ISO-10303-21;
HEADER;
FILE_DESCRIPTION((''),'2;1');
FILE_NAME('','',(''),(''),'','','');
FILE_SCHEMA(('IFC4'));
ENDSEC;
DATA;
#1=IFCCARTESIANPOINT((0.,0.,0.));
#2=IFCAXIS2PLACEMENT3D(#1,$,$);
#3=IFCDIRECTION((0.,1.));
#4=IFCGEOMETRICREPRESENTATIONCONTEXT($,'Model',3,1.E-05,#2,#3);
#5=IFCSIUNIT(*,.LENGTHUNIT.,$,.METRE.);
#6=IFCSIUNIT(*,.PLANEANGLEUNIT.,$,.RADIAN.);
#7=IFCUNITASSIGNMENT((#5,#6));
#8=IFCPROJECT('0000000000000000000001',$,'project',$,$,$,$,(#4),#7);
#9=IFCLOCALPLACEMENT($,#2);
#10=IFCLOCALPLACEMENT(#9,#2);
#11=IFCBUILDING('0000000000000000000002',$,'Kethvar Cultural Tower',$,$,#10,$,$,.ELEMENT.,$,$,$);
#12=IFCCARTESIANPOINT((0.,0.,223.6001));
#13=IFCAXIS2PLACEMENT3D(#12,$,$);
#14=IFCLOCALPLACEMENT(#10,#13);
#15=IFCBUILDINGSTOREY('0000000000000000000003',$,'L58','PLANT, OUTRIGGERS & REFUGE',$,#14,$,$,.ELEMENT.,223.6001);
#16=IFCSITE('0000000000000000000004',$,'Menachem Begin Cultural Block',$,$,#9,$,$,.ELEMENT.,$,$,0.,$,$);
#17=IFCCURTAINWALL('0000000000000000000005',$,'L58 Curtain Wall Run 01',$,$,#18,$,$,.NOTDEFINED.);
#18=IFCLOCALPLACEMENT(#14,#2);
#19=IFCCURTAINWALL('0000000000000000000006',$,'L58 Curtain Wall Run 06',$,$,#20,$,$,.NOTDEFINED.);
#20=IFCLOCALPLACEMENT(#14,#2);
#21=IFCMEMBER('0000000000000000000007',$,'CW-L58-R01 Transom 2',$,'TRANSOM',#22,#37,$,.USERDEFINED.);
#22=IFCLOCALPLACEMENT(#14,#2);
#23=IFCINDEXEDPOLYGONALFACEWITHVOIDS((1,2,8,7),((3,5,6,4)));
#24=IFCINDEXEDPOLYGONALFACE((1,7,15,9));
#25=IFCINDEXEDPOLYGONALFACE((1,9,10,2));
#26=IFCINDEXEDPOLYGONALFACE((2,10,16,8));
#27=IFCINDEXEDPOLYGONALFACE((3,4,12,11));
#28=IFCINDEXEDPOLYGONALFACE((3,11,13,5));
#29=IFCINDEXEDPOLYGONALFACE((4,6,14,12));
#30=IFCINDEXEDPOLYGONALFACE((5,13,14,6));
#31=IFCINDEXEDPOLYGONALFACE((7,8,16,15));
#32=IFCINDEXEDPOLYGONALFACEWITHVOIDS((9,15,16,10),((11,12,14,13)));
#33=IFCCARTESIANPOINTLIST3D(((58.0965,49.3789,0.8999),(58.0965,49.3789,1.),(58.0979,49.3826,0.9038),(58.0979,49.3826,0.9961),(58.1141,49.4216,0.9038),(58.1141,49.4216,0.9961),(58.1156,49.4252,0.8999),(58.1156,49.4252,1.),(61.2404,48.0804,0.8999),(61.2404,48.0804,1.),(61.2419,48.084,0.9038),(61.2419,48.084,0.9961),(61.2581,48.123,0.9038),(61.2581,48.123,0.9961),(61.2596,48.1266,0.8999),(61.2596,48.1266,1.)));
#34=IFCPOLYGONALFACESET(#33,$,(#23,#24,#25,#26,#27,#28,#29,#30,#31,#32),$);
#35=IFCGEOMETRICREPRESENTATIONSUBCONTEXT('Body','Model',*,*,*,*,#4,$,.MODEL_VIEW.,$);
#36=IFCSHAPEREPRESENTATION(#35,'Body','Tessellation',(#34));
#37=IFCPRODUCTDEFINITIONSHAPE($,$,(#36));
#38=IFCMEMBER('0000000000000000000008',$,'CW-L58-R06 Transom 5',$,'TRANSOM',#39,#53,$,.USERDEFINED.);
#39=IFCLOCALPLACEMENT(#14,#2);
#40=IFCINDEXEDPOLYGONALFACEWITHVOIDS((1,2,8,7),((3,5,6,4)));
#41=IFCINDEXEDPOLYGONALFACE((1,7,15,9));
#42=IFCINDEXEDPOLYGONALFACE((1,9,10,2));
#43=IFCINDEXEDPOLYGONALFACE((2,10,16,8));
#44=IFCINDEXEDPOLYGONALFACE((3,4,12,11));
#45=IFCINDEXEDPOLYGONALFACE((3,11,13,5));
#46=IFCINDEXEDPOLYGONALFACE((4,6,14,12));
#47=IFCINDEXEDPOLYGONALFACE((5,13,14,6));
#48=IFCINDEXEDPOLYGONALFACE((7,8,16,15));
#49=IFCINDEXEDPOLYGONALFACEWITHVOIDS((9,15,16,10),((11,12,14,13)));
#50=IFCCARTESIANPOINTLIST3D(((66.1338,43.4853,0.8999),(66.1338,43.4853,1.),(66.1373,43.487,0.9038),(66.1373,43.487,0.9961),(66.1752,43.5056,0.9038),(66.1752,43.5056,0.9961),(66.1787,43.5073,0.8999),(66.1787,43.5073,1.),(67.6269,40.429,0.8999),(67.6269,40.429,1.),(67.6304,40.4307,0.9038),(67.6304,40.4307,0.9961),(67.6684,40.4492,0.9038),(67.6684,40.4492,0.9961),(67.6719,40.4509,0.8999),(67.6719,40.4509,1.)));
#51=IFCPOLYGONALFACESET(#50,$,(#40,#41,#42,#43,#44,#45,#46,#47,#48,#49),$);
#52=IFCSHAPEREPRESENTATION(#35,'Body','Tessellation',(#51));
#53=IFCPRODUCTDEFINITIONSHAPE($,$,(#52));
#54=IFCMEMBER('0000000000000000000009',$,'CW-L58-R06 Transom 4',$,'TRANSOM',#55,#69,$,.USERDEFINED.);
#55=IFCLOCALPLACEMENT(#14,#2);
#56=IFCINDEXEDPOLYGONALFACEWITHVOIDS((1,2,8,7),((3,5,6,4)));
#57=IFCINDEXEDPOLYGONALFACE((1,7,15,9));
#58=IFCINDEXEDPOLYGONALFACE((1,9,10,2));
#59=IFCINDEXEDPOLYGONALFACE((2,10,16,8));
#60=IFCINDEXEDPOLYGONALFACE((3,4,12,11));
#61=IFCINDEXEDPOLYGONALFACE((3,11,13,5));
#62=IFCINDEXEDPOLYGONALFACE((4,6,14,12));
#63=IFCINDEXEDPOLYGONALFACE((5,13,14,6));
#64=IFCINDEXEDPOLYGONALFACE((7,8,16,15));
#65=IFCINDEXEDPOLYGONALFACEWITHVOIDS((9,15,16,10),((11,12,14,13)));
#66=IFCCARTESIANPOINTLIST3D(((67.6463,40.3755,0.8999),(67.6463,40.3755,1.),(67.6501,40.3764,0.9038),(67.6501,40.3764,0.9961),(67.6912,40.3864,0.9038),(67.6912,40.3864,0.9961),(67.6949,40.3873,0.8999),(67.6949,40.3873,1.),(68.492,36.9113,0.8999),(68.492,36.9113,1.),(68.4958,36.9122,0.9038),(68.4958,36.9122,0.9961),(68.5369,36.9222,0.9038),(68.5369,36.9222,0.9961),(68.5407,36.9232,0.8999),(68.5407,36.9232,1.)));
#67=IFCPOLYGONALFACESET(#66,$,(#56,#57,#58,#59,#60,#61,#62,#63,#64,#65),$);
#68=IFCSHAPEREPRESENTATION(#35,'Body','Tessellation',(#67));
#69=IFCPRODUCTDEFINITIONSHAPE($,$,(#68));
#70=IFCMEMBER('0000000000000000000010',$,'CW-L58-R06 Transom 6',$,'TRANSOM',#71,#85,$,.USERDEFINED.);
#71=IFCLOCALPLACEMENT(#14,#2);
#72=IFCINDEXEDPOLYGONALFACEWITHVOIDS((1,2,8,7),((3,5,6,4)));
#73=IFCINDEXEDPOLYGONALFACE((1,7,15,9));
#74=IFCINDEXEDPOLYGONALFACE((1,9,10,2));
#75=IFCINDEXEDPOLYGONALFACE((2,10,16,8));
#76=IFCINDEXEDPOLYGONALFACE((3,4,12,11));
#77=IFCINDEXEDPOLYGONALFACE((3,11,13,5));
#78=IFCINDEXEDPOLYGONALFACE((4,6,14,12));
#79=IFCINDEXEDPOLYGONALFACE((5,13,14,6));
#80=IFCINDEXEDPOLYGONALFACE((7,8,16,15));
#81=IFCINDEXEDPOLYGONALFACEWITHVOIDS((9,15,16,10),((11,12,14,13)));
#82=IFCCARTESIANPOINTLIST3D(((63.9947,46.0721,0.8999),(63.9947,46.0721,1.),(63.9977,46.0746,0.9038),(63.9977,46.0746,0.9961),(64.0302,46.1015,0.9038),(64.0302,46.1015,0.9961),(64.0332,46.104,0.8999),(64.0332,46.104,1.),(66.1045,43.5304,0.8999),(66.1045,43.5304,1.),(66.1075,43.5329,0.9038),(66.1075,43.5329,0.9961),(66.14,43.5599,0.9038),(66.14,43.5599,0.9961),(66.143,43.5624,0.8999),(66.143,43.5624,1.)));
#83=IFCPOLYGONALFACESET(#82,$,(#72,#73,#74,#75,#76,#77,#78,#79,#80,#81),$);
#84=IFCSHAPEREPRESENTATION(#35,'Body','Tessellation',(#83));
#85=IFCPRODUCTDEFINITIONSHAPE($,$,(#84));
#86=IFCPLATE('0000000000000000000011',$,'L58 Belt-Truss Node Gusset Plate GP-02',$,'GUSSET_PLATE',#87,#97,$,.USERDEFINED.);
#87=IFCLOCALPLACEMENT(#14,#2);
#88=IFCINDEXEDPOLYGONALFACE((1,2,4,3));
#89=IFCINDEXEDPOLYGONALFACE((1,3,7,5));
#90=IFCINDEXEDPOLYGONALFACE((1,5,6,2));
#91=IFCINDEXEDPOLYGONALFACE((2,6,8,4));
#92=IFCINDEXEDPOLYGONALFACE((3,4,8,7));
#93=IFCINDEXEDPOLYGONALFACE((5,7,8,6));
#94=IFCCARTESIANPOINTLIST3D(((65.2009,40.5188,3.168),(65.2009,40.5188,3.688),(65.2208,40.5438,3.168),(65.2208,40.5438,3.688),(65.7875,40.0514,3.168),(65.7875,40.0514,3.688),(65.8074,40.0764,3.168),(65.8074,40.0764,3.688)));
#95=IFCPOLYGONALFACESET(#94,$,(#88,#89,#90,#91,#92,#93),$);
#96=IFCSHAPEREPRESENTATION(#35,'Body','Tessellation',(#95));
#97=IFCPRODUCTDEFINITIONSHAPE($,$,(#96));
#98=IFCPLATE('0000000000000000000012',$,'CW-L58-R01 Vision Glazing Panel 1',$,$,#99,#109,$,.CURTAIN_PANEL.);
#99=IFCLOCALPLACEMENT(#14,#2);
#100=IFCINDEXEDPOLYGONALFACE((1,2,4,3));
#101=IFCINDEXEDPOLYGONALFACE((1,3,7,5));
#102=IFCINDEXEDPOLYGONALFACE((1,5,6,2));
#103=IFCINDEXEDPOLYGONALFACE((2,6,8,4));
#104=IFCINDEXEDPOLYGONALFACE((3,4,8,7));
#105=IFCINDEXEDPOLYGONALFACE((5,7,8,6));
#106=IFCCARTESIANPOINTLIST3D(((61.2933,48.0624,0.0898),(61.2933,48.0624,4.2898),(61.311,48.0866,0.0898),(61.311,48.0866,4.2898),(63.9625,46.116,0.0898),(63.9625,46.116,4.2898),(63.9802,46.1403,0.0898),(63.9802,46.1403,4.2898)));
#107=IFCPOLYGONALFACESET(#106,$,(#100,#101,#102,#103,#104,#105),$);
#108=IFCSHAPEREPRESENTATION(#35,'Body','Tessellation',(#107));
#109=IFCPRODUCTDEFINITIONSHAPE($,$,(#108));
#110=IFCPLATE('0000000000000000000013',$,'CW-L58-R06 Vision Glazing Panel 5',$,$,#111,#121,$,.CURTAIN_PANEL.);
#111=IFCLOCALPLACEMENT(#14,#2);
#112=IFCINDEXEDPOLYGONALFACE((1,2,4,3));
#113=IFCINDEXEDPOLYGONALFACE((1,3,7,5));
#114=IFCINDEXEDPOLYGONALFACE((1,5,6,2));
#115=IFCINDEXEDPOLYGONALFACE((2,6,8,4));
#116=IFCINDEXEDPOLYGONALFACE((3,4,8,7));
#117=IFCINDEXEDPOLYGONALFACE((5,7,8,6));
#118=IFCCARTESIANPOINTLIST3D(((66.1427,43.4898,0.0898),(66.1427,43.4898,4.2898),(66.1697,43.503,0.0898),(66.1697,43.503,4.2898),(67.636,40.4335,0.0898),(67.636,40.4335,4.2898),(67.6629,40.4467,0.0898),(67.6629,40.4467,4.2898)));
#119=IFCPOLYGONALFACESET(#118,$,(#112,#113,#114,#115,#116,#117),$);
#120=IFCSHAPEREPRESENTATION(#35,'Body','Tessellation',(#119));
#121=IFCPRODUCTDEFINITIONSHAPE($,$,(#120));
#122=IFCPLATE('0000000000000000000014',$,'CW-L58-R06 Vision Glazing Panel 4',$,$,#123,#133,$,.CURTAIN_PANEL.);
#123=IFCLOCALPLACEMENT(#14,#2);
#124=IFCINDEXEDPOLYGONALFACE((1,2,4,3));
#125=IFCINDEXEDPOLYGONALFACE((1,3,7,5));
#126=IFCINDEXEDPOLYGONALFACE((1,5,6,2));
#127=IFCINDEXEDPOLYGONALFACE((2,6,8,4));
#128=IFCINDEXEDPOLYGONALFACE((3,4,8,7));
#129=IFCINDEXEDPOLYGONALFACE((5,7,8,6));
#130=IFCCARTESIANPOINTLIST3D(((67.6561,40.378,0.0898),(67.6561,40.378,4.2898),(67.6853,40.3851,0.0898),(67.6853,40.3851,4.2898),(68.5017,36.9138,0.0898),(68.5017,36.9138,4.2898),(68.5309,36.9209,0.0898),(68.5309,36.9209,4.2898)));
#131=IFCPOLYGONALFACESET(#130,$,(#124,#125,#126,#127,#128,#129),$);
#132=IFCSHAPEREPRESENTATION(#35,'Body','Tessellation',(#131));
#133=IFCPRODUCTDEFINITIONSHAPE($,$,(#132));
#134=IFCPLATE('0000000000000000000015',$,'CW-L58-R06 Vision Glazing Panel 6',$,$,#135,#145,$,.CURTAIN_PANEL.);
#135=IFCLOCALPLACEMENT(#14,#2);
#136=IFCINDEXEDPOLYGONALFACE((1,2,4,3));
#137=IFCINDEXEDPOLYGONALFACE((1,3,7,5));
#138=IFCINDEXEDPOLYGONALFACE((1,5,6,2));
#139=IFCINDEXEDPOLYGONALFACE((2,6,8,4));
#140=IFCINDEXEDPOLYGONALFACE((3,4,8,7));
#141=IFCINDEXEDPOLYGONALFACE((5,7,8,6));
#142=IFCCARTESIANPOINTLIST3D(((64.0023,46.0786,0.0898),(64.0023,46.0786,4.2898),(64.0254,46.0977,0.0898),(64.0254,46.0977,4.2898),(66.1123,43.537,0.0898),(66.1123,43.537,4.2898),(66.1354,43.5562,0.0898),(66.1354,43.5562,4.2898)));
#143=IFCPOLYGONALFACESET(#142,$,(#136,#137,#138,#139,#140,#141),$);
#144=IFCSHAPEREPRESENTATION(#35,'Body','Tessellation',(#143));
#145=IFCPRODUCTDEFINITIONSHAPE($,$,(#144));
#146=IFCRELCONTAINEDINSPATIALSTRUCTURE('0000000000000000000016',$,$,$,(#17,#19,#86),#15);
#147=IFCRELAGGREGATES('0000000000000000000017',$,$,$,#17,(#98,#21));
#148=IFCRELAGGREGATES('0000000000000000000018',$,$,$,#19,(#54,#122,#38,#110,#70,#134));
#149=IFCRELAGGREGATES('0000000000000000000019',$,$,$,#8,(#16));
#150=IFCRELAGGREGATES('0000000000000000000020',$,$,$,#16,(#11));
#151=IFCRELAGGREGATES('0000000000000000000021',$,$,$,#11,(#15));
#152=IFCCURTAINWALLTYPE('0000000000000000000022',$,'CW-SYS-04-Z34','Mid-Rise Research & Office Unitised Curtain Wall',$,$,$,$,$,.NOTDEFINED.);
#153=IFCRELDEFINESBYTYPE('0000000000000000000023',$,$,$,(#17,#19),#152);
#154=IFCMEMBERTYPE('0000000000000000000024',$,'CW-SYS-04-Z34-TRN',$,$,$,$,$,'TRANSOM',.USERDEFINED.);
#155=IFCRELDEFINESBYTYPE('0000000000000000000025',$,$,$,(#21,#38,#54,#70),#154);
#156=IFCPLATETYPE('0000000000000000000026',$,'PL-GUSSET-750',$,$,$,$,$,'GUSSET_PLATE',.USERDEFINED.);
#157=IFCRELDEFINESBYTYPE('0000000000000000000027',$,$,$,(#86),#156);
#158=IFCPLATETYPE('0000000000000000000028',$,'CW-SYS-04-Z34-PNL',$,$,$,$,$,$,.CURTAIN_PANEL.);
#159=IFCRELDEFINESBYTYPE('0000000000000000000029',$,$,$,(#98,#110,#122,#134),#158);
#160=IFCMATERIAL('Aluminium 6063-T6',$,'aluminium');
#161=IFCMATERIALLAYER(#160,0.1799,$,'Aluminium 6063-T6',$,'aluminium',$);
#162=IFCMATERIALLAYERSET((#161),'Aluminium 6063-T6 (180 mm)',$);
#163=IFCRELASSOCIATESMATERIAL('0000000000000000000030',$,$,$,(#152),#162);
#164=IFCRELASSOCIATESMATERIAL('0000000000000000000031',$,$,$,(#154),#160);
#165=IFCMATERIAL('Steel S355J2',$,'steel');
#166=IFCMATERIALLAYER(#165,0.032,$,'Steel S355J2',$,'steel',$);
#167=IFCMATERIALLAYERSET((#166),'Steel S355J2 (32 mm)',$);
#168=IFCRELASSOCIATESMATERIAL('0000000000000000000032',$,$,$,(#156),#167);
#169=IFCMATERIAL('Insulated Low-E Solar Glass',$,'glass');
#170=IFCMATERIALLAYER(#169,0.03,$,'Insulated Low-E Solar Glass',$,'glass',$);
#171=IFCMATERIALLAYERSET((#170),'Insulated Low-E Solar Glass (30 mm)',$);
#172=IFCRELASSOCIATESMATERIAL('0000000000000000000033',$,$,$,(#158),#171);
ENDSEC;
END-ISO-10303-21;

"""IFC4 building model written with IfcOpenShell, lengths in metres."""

from ifc_helpers import new_model, si_unit, direction, frame, origin, origin_2d, place, context, subcontext, project, spatial, rectangle, hollow_rectangle, extrude, source, transform, mapped, material, layer, layer_set, material_profile, profile_set, type_object, element, aggregate, save


model = new_model("IFC4")

# Units and contexts
model_context = context("Model", 3, precision=1e-05, world=origin(), true_north=direction((0.0, 1.0)))
body_context = subcontext(model_context, "Body", "Model", "MODEL_VIEW")
ifc_project = project(units=[si_unit("LENGTHUNIT", "METRE"), si_unit("PLANEANGLEUNIT", "RADIAN")], contexts=[model_context])

# Site, building, storey
site_placement = place(None, origin())
site = spatial("IfcSite", under=ifc_project, at=site_placement, Name="Menachem Begin Cultural Block", CompositionType="ELEMENT", RefElevation=0.0)
building_placement = place(site_placement, origin())
building = spatial("IfcBuilding", under=site, at=building_placement, Name="Kethvar Cultural Tower", CompositionType="ELEMENT")
storey_placement = place(building_placement, frame((0.0, 0.0, 223.6001)))
storey = spatial("IfcBuildingStorey", under=building, at=storey_placement, Name="L58", Description="PLANT, OUTRIGGERS & REFUGE", CompositionType="ELEMENT", Elevation=223.6001)

# Shared definitions
ifc_material_1 = material(Name="Steel S355J2", Category="steel")

# Curtain walls
ifc_material_2 = material(Name="Aluminium 6063-T6", Category="aluminium")
ifc_layer_1 = layer(ifc_material_2, 0.1799, Name="Aluminium 6063-T6", Category="aluminium")
ifc_layer_set_1 = layer_set([ifc_layer_1], Name="Aluminium 6063-T6 (180 mm)")
curtain_wall_type = type_object("IfcCurtainWallType", Name="CW-SYS-04-Z34", Description="Mid-Rise Research & Office Unitised Curtain Wall", PredefinedType="NOTDEFINED", material=ifc_layer_set_1)
curtain_wall_1_placement = place(storey_placement, origin())
curtain_wall_1 = element("IfcCurtainWall", 1, at=curtain_wall_1_placement, inside=storey, type_object=curtain_wall_type, Name="L58 Curtain Wall Run 01", PredefinedType="NOTDEFINED")
curtain_wall_2_placement = place(storey_placement, origin())
curtain_wall_2 = element("IfcCurtainWall", 2, at=curtain_wall_2_placement, inside=storey, type_object=curtain_wall_type, Name="L58 Curtain Wall Run 06", PredefinedType="NOTDEFINED")

# Members
ifc_material_profile_1 = material_profile(ifc_material_2, hollow_rectangle(XDim=0.05, YDim=0.1001, WallThickness=0.0039, at=origin_2d()), Name="Aluminium 6063-T6 — RHS100x50x4")
ifc_profile_set_1 = profile_set([ifc_material_profile_1], Name="Aluminium 6063-T6 — RHS100x50x4")
member_type_1 = type_object("IfcMemberType", Name="CW-SYS-04-Z34-TRN", ElementType="TRANSOM", PredefinedType="USERDEFINED", material=ifc_profile_set_1)
shared_shape_1 = source(origin(), body_context, "Body", "SweptSolid", [
    extrude(hollow_rectangle(XDim=0.05, YDim=0.1001, WallThickness=0.0039, at=origin_2d()), origin(), (0.0, 0.0, 1.0), 3.4016),
])
member_1_placement = place(storey_placement, frame((61.25, 48.1035, 0.95), z_axis=(-0.924266, 0.381749, 0.0), x_axis=(-0.381749, -0.924266, 0.0)))
member_1 = element("IfcMember", 3, at=member_1_placement, type_object=member_type_1, Name="CW-L58-R01 Transom 2", ObjectType="TRANSOM", PredefinedType="USERDEFINED", context=body_context, shape_type="MappedRepresentation", body=[
    mapped(shared_shape_1, transform((0.0, 0.0, 0.0), scale=1.0)),
])
member_2_placement = place(storey_placement, frame((67.6494, 40.4399, 0.95), z_axis=(-0.438955, 0.898509, 0.0), x_axis=(-0.898509, -0.438955, 0.0)))
member_2 = element("IfcMember", 4, at=member_2_placement, type_object=member_type_1, Name="CW-L58-R06 Transom 5", ObjectType="TRANSOM", PredefinedType="USERDEFINED", context=body_context, shape_type="MappedRepresentation", body=[
    mapped(shared_shape_1, transform((0.0, 0.0, 0.0), scale=1.0)),
])
shared_shape_2 = source(origin(), body_context, "Body", "SweptSolid", [
    extrude(hollow_rectangle(XDim=0.05, YDim=0.1001, WallThickness=0.0039, at=origin_2d()), origin(), (0.0, 0.0, 1.0), 3.5659),
])
member_3_placement = place(storey_placement, frame((68.5164, 36.9172, 0.95), z_axis=(-0.237167, 0.971469, 0.0), x_axis=(-0.971469, -0.237167, 0.0)))
member_3 = element("IfcMember", 5, at=member_3_placement, type_object=member_type_1, Name="CW-L58-R06 Transom 4", ObjectType="TRANSOM", PredefinedType="USERDEFINED", context=body_context, shape_type="MappedRepresentation", body=[
    mapped(shared_shape_2, transform((0.0, 0.0, 0.0), scale=1.0)),
])
shared_shape_3 = source(origin(), body_context, "Body", "SweptSolid", [
    extrude(hollow_rectangle(XDim=0.05, YDim=0.1001, WallThickness=0.0039, at=origin_2d()), origin(), (0.0, 0.0, 1.0), 3.3032),
])
member_4_placement = place(storey_placement, frame((66.1238, 43.5464, 0.95), z_axis=(-0.638707, 0.76945, 0.0), x_axis=(-0.76945, -0.638707, 0.0)))
member_4 = element("IfcMember", 6, at=member_4_placement, type_object=member_type_1, Name="CW-L58-R06 Transom 6", ObjectType="TRANSOM", PredefinedType="USERDEFINED", context=body_context, shape_type="MappedRepresentation", body=[
    mapped(shared_shape_3, transform((0.0, 0.0, 0.0), scale=1.0)),
])

# Plates
ifc_layer_2 = layer(ifc_material_1, 0.032, Name="Steel S355J2", Category="steel")
ifc_layer_set_2 = layer_set([ifc_layer_2], Name="Steel S355J2 (32 mm)")
plate_type_1 = type_object("IfcPlateType", Name="PL-GUSSET-750", ElementType="GUSSET_PLATE", PredefinedType="USERDEFINED", material=ifc_layer_set_2)
shared_shape_4 = source(origin(), body_context, "Body", "SweptSolid", [
    extrude(rectangle(XDim=0.75, YDim=0.032, at=origin_2d()), origin(), (0.0, 0.0, 1.0), 0.52),
])
plate_1_placement = place(storey_placement, frame((65.5042, 40.2976, 3.168), z_axis=(0.0, 0.0, 1.0), x_axis=(-0.782062, 0.6232, 0.0)))
element("IfcPlate", 7, at=plate_1_placement, inside=storey, type_object=plate_type_1, Name="L58 Belt-Truss Node Gusset Plate GP-02", ObjectType="GUSSET_PLATE", PredefinedType="USERDEFINED", context=body_context, shape_type="MappedRepresentation", body=[
    mapped(shared_shape_4, transform((0.0, 0.0, 0.0), scale=1.0)),
])
ifc_material_3 = material(Name="Insulated Low-E Solar Glass", Category="glass")
ifc_layer_3 = layer(ifc_material_3, 0.03, Name="Insulated Low-E Solar Glass", Category="glass")
ifc_layer_set_3 = layer_set([ifc_layer_3], Name="Insulated Low-E Solar Glass (30 mm)")
plate_type_2 = type_object("IfcPlateType", Name="CW-SYS-04-Z34-PNL", PredefinedType="CURTAIN_PANEL", material=ifc_layer_set_3)
shared_shape_5 = source(origin(), body_context, "Body", "SweptSolid", [
    extrude(rectangle(XDim=3.3035, YDim=0.03, at=origin_2d()), origin(), (0.0, 0.0, 1.0), 4.2),
])
plate_2_placement = place(storey_placement, frame((62.6367, 47.1013, 0.0898), z_axis=(0.0, 0.0, 1.0), x_axis=(-0.808, 0.589182, 0.0)))
plate_2 = element("IfcPlate", 8, at=plate_2_placement, type_object=plate_type_2, Name="CW-L58-R01 Vision Glazing Panel 1", PredefinedType="CURTAIN_PANEL", context=body_context, shape_type="MappedRepresentation", body=[
    mapped(shared_shape_5, transform((0.0, 0.0, 0.0), scale=1.0)),
])
aggregate(curtain_wall_1, [plate_2, member_1])
shared_shape_6 = source(origin(), body_context, "Body", "SweptSolid", [
    extrude(rectangle(XDim=3.4016, YDim=0.03, at=origin_2d()), origin(), (0.0, 0.0, 1.0), 4.2),
])
plate_3_placement = place(storey_placement, frame((66.9028, 41.9683, 0.0898), z_axis=(0.0, 0.0, 1.0), x_axis=(-0.438983, 0.898495, 0.0)))
plate_3 = element("IfcPlate", 9, at=plate_3_placement, type_object=plate_type_2, Name="CW-L58-R06 Vision Glazing Panel 5", PredefinedType="CURTAIN_PANEL", context=body_context, shape_type="MappedRepresentation", body=[
    mapped(shared_shape_6, transform((0.0, 0.0, 0.0), scale=1.0)),
])
shared_shape_7 = source(origin(), body_context, "Body", "SweptSolid", [
    extrude(rectangle(XDim=3.5659, YDim=0.03, at=origin_2d()), origin(), (0.0, 0.0, 1.0), 4.2),
])
plate_4_placement = place(storey_placement, frame((68.0935, 38.6494, 0.0898), z_axis=(0.0, 0.0, 1.0), x_axis=(-0.237143, 0.971475, 0.0)))
plate_4 = element("IfcPlate", 10, at=plate_4_placement, type_object=plate_type_2, Name="CW-L58-R06 Vision Glazing Panel 4", PredefinedType="CURTAIN_PANEL", context=body_context, shape_type="MappedRepresentation", body=[
    mapped(shared_shape_7, transform((0.0, 0.0, 0.0), scale=1.0)),
])
shared_shape_8 = source(origin(), body_context, "Body", "SweptSolid", [
    extrude(rectangle(XDim=3.3032, YDim=0.03, at=origin_2d()), origin(), (0.0, 0.0, 1.0), 4.2),
])
plate_5_placement = place(storey_placement, frame((65.0688, 44.8174, 0.0898), z_axis=(0.0, 0.0, 1.0), x_axis=(-0.638754, 0.769411, 0.0)))
plate_5 = element("IfcPlate", 11, at=plate_5_placement, type_object=plate_type_2, Name="CW-L58-R06 Vision Glazing Panel 6", PredefinedType="CURTAIN_PANEL", context=body_context, shape_type="MappedRepresentation", body=[
    mapped(shared_shape_8, transform((0.0, 0.0, 0.0), scale=1.0)),
])
aggregate(curtain_wall_2, [member_3, plate_4, member_2, plate_3, member_4, plate_5])

save(model, "model.ifc")
